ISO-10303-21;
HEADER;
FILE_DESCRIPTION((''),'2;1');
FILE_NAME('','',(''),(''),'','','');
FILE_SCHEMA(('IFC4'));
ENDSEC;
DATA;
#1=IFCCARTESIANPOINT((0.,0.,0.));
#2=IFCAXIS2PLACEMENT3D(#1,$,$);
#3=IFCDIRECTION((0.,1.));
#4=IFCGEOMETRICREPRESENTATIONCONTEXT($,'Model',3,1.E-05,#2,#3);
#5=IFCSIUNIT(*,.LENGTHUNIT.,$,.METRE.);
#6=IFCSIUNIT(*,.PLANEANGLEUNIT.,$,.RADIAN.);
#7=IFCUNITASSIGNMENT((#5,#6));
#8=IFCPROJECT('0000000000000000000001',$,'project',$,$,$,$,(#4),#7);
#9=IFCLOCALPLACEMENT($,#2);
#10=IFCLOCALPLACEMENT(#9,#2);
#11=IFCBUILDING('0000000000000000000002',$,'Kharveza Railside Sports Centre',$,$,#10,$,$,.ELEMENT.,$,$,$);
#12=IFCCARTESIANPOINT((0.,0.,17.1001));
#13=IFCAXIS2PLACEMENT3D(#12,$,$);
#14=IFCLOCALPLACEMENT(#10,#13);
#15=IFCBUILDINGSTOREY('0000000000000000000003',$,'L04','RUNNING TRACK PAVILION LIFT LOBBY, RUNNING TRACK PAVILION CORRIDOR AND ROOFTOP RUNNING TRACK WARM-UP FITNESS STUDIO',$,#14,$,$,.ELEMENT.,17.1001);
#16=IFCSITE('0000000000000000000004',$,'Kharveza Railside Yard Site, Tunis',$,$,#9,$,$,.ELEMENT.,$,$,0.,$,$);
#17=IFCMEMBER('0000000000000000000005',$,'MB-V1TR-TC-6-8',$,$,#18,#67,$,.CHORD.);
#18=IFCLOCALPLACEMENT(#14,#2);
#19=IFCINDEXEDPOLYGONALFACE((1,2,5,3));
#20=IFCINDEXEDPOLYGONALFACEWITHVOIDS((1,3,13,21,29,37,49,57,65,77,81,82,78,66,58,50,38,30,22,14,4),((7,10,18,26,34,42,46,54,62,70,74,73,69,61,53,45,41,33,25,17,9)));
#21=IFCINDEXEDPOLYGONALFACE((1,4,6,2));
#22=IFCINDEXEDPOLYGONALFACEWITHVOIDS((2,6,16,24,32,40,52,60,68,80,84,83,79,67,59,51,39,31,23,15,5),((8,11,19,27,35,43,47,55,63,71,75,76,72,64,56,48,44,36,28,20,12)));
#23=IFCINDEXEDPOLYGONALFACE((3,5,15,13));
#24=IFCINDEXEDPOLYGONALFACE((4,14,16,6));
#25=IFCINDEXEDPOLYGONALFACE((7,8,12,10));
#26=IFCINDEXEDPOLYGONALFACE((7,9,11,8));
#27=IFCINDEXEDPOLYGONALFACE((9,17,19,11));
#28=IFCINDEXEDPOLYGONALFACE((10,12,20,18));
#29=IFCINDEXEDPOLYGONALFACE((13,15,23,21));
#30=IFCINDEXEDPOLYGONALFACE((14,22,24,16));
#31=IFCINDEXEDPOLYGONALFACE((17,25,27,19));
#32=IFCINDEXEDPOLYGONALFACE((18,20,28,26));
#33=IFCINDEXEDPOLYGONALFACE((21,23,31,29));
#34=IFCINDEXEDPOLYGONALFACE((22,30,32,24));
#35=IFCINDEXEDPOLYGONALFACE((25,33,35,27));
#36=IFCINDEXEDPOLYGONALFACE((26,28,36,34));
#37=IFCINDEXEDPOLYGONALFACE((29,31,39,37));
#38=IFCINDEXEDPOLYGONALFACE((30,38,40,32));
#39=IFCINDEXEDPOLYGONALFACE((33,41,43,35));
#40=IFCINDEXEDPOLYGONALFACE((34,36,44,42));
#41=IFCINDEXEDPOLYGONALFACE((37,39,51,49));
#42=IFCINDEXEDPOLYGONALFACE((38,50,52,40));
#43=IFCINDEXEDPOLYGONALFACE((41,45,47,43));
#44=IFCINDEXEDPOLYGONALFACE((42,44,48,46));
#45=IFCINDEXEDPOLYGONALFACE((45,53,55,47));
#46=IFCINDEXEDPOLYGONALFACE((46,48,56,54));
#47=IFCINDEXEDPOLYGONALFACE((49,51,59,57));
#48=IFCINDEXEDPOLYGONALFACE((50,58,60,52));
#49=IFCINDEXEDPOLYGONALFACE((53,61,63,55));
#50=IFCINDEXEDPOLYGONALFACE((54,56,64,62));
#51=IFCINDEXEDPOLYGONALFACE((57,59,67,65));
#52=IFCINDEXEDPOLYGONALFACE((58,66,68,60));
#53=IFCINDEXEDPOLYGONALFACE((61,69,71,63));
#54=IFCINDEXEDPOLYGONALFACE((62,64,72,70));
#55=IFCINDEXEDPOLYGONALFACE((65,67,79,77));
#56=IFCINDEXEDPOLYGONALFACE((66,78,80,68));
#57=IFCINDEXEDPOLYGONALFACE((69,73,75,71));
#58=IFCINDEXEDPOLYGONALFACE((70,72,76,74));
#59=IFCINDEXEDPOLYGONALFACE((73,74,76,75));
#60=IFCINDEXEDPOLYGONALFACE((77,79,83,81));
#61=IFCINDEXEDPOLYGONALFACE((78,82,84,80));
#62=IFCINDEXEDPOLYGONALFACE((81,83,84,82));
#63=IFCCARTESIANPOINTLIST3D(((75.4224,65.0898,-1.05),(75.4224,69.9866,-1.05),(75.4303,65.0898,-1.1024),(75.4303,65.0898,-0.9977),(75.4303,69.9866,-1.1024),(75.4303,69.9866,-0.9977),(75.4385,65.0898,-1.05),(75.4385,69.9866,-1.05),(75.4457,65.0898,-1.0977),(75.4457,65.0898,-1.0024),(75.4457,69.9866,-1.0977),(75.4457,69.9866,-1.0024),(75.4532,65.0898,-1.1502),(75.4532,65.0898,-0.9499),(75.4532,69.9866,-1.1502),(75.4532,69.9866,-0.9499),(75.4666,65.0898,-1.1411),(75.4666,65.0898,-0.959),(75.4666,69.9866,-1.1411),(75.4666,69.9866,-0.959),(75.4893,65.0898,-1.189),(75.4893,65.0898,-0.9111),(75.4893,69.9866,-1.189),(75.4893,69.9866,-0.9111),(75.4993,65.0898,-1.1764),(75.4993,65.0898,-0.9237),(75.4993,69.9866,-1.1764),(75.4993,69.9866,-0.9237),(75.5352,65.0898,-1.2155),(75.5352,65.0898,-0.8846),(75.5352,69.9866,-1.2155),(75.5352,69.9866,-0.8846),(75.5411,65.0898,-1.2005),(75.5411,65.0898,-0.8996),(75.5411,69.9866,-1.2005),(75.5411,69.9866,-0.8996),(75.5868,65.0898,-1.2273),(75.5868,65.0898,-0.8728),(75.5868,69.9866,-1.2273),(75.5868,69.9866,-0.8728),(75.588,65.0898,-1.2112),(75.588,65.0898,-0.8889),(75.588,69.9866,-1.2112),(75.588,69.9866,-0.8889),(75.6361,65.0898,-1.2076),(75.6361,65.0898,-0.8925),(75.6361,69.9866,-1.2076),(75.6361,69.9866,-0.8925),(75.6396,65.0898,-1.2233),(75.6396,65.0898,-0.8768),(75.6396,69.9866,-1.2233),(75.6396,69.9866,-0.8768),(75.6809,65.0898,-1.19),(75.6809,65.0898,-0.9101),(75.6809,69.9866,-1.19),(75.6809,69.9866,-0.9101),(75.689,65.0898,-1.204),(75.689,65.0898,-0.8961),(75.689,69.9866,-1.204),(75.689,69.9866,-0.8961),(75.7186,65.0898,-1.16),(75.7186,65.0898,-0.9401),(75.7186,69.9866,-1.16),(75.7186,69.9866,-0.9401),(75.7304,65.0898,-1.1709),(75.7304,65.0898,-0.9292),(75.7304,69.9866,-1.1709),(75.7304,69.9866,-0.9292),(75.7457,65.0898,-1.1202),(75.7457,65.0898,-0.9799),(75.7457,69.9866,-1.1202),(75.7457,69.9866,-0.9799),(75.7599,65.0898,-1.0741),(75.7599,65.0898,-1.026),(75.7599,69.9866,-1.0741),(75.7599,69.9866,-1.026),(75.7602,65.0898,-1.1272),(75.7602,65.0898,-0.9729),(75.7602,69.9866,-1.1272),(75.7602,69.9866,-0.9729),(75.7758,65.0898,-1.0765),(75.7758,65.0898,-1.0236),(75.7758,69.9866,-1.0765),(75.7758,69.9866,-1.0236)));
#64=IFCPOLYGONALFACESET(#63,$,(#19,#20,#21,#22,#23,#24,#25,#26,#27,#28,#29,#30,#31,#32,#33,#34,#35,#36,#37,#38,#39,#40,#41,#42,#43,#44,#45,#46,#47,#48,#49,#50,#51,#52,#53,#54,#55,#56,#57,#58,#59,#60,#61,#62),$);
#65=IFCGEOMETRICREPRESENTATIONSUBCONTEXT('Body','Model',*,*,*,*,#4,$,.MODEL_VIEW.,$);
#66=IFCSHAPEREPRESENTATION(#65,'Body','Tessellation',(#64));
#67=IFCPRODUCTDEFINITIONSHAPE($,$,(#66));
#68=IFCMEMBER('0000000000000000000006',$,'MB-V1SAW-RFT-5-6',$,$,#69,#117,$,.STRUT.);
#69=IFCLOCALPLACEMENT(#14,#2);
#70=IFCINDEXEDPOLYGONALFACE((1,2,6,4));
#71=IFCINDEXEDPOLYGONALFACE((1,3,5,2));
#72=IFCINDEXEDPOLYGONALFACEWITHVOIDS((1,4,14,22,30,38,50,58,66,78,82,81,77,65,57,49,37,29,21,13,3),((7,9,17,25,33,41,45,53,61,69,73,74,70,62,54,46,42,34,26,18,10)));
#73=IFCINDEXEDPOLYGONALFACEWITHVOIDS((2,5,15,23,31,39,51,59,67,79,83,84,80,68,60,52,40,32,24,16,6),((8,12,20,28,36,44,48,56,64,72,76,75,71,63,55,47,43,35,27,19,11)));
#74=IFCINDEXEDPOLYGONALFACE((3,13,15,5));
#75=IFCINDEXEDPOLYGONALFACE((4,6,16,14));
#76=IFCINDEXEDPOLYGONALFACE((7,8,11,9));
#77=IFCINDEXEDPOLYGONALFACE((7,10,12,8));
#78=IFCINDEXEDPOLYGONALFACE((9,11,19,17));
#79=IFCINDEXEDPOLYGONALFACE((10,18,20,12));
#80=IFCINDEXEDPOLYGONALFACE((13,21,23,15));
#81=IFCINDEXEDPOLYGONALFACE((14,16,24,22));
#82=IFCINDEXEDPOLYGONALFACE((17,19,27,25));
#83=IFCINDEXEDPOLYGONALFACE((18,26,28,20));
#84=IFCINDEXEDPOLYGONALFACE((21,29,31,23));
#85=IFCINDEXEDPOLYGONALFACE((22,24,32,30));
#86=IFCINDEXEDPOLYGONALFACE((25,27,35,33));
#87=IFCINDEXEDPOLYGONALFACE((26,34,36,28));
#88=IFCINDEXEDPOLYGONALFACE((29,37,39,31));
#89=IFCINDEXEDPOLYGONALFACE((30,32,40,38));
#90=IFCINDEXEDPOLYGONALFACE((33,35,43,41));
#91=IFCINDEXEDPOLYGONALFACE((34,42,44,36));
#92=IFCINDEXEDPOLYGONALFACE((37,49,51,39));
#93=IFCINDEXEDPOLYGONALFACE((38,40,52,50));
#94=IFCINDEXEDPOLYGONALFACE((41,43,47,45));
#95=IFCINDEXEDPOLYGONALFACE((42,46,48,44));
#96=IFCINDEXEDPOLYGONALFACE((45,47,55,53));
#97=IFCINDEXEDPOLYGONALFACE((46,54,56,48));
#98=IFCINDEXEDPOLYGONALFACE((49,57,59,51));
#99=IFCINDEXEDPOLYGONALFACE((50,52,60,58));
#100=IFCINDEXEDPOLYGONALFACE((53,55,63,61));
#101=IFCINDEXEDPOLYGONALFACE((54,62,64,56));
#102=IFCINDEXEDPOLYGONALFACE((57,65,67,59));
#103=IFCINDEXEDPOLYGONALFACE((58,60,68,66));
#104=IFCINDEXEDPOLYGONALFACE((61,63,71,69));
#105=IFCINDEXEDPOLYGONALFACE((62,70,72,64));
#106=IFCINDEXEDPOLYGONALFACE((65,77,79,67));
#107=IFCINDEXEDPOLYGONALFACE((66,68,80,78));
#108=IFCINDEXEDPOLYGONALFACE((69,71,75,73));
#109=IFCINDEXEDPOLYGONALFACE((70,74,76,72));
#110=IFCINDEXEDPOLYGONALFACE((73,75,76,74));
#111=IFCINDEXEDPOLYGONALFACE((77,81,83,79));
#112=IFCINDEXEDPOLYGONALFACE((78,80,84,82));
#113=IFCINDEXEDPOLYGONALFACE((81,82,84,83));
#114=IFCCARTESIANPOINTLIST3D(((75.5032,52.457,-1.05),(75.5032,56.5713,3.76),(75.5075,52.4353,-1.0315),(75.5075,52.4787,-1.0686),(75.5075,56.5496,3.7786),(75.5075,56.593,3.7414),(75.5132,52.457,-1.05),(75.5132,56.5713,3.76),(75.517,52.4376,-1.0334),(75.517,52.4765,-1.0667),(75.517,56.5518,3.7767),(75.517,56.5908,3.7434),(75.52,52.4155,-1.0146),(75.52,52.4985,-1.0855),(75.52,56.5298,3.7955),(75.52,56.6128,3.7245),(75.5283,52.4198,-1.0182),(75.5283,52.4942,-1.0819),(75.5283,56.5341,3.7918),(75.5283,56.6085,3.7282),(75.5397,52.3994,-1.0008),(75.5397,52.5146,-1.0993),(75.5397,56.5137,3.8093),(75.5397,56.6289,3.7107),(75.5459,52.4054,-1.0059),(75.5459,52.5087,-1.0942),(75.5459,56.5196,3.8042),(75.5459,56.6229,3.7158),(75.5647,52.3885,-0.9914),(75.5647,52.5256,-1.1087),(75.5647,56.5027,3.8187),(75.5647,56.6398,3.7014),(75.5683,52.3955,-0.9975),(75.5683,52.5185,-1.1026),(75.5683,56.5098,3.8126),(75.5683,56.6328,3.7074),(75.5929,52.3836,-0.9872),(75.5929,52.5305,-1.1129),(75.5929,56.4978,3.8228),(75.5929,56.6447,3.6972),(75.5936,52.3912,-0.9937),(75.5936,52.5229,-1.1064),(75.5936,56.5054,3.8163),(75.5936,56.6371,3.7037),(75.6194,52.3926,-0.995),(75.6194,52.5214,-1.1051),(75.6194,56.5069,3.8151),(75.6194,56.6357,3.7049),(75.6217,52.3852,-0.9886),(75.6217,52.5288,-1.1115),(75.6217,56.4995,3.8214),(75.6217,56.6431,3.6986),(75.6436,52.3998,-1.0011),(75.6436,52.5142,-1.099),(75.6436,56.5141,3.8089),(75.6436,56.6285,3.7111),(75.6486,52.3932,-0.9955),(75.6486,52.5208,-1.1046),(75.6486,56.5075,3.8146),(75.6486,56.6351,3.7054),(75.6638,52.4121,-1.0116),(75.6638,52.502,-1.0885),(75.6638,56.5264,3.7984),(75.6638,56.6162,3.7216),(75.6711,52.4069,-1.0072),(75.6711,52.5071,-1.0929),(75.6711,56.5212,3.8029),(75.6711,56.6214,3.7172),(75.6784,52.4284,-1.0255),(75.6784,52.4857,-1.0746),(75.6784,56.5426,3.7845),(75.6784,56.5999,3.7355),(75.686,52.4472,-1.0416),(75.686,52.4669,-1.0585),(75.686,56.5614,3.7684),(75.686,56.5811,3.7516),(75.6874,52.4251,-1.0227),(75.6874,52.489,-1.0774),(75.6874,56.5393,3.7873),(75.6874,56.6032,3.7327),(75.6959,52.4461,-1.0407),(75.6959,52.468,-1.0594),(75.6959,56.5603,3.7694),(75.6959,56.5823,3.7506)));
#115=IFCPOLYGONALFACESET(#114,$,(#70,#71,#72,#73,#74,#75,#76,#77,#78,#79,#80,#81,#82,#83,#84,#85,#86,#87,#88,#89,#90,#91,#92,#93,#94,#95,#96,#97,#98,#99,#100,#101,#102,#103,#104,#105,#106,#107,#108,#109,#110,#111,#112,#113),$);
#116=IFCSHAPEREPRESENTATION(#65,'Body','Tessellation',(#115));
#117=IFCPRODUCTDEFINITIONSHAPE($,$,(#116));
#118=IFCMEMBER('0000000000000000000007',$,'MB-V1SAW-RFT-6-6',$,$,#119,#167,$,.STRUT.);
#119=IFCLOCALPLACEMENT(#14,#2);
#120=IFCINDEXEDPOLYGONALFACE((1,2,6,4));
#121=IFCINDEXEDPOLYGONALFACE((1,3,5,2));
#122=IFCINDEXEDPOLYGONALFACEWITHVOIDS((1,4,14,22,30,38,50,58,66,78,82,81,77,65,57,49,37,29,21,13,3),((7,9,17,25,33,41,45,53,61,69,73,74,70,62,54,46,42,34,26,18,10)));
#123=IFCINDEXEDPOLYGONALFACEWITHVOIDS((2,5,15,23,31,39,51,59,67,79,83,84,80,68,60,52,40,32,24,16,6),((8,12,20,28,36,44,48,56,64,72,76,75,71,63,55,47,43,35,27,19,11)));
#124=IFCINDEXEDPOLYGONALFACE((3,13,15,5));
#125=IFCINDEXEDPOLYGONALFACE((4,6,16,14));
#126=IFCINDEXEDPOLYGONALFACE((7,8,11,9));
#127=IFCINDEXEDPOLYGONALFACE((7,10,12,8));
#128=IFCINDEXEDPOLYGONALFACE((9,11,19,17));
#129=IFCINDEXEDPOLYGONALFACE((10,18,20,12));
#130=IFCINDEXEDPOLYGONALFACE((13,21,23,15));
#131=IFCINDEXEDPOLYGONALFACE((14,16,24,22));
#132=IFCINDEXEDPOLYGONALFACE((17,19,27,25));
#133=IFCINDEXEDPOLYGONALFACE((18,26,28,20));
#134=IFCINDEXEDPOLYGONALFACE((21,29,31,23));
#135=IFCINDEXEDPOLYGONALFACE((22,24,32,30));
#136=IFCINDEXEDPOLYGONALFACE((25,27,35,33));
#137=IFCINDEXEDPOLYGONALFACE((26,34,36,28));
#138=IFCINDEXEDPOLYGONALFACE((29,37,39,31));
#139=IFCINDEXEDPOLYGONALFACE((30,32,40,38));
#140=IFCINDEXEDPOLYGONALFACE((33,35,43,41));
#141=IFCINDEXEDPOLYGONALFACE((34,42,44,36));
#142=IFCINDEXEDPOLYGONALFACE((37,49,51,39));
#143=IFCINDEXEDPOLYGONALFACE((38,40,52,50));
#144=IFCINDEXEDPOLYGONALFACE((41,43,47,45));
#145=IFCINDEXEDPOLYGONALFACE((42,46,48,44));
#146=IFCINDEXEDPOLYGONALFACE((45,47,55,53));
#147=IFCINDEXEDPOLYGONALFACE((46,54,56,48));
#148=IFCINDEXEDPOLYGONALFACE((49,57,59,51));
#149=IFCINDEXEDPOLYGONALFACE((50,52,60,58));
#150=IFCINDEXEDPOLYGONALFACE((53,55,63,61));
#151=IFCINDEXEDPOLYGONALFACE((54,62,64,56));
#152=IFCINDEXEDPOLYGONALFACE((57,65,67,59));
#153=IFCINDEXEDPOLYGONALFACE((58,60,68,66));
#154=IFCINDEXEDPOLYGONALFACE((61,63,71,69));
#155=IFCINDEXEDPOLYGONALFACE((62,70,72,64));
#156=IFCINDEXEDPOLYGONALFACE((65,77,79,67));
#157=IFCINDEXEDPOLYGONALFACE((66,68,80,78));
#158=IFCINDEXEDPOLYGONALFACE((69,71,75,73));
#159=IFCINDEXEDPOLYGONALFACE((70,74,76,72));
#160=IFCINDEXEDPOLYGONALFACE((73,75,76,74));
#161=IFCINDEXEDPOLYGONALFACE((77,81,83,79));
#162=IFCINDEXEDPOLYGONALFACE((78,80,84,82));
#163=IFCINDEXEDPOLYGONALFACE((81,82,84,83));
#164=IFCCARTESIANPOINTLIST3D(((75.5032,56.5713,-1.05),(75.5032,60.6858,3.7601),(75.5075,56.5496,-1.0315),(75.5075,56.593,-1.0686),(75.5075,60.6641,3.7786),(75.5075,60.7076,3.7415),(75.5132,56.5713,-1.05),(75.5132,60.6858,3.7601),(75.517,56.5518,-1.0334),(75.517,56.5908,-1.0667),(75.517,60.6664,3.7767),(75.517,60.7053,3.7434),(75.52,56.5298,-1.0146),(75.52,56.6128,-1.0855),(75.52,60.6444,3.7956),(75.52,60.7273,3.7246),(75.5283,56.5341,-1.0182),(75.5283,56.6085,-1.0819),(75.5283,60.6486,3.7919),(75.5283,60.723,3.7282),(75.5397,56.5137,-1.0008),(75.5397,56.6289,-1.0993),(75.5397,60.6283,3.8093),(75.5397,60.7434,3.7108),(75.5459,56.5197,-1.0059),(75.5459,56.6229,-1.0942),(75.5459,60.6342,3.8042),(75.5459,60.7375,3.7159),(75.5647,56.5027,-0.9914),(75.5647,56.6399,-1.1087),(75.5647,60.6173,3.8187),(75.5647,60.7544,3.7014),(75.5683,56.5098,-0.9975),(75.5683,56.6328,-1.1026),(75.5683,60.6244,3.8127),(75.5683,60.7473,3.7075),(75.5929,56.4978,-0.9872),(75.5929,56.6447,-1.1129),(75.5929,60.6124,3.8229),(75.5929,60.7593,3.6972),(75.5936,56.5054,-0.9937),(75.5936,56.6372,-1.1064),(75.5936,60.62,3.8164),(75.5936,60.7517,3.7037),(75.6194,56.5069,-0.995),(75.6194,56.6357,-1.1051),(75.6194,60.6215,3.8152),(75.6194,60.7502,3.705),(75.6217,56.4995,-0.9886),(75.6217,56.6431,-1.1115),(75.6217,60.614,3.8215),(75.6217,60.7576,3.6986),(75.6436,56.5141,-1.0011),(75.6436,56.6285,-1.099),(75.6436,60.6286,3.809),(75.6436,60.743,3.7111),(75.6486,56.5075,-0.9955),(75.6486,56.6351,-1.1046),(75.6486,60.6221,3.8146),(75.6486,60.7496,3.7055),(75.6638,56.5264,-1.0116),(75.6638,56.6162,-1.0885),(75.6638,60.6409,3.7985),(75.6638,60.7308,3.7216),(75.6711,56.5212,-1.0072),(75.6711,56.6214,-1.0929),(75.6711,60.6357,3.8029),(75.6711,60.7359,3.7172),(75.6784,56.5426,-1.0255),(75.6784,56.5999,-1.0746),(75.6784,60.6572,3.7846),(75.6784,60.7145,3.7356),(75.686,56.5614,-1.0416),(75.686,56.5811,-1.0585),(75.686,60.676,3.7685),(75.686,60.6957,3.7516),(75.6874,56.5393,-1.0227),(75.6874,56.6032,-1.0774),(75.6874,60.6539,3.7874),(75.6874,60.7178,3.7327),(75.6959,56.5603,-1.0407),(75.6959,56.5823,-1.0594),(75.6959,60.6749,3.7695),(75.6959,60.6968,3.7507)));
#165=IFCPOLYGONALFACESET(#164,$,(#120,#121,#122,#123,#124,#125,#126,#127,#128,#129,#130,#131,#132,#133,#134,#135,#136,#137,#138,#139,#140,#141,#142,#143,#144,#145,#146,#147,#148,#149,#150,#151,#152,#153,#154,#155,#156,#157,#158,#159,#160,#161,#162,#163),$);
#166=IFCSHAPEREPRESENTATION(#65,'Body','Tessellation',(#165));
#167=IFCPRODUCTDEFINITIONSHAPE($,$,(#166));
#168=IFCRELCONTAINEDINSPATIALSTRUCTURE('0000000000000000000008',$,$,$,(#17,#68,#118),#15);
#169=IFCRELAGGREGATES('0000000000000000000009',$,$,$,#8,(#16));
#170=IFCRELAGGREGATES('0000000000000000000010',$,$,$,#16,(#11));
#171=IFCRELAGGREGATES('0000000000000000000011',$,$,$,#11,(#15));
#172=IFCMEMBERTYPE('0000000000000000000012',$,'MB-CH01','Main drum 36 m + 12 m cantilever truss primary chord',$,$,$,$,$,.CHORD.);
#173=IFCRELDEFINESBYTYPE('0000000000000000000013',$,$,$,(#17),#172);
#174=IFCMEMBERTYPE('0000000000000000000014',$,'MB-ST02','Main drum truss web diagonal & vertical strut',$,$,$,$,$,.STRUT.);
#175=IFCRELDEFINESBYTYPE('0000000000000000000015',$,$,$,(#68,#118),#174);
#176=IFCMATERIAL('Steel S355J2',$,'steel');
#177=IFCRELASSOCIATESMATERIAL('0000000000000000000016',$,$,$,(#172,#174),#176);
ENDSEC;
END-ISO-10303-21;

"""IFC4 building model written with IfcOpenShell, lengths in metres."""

from ifc_helpers import new_model, si_unit, direction, frame, origin, origin_2d, place, context, subcontext, project, spatial, hollow_circle, extrude, material, material_profile, profile_set, type_object, element, save


model = new_model("IFC4")

# Units and contexts
model_context = context("Model", 3, precision=1e-05, world=origin(), true_north=direction((0.0, 1.0)))
body_context = subcontext(model_context, "Body", "Model", "MODEL_VIEW")
ifc_project = project(units=[si_unit("LENGTHUNIT", "METRE"), si_unit("PLANEANGLEUNIT", "RADIAN")], contexts=[model_context])

# Site, building, storey
site_placement = place(None, origin())
site = spatial("IfcSite", under=ifc_project, at=site_placement, Name="Kharveza Railside Yard Site, Tunis", CompositionType="ELEMENT", RefElevation=0.0)
building_placement = place(site_placement, origin())
building = spatial("IfcBuilding", under=site, at=building_placement, Name="Kharveza Railside Sports Centre", CompositionType="ELEMENT")
storey_placement = place(building_placement, frame((0.0, 0.0, 17.1001)))
storey = spatial("IfcBuildingStorey", under=building, at=storey_placement, Name="L04", Description="RUNNING TRACK PAVILION LIFT LOBBY, RUNNING TRACK PAVILION CORRIDOR AND ROOFTOP RUNNING TRACK WARM-UP FITNESS STUDIO", CompositionType="ELEMENT", Elevation=17.1001)

# Members
ifc_material_1 = material(Name="Steel S355J2", Category="steel")
ifc_material_profile_1 = material_profile(ifc_material_1, hollow_circle(Radius=0.1777, WallThickness=0.0161, at=origin_2d()), Name="CHS 355.6x16.0")
ifc_profile_set_1 = profile_set([ifc_material_profile_1], Name="Steel S355J2")
member_type_1 = type_object("IfcMemberType", Name="MB-CH01", Description="Main drum 36 m + 12 m cantilever truss primary chord", PredefinedType="CHORD", material=ifc_profile_set_1)
member_1_placement = place(storey_placement, frame((75.6001, 65.0898, -1.05), z_axis=(0.0, 1.0, 0.0), x_axis=(-1.0, 0.0, 0.0)))
element("IfcMember", 1, at=member_1_placement, inside=storey, type_object=member_type_1, Name="MB-V1TR-TC-6-8", PredefinedType="CHORD", context=body_context, shape_type="SweptSolid", body=[
    extrude(hollow_circle(Radius=0.1777, WallThickness=0.0161, at=origin_2d()), origin(), (0.0, 0.0, 1.0), 4.8967),
])
ifc_material_profile_2 = material_profile(ifc_material_1, hollow_circle(Radius=0.0969, WallThickness=0.01, at=origin_2d()), Name="CHS 193.7x10.0")
ifc_profile_set_2 = profile_set([ifc_material_profile_2], Name="Steel S355J2")
member_type_2 = type_object("IfcMemberType", Name="MB-ST02", Description="Main drum truss web diagonal & vertical strut", PredefinedType="STRUT", material=ifc_profile_set_2)
member_2_placement = place(storey_placement, frame((75.6001, 52.457, -1.05), z_axis=(0.0, 0.650003, 0.759931), x_axis=(-1.0, 0.0, 0.0)))
element("IfcMember", 2, at=member_2_placement, inside=storey, type_object=member_type_2, Name="MB-V1SAW-RFT-5-6", PredefinedType="STRUT", context=body_context, shape_type="SweptSolid", body=[
    extrude(hollow_circle(Radius=0.0969, WallThickness=0.01, at=origin_2d()), origin(), (0.0, 0.0, 1.0), 6.3296),
])
member_3_placement = place(storey_placement, frame((75.6001, 56.5713, -1.05), z_axis=(0.0, 0.650026, 0.759912), x_axis=(-1.0, 0.0, 0.0)))
element("IfcMember", 3, at=member_3_placement, inside=storey, type_object=member_type_2, Name="MB-V1SAW-RFT-6-6", PredefinedType="STRUT", context=body_context, shape_type="SweptSolid", body=[
    extrude(hollow_circle(Radius=0.0969, WallThickness=0.01, at=origin_2d()), origin(), (0.0, 0.0, 1.0), 6.3298),
])

save(model, "model.ifc")
